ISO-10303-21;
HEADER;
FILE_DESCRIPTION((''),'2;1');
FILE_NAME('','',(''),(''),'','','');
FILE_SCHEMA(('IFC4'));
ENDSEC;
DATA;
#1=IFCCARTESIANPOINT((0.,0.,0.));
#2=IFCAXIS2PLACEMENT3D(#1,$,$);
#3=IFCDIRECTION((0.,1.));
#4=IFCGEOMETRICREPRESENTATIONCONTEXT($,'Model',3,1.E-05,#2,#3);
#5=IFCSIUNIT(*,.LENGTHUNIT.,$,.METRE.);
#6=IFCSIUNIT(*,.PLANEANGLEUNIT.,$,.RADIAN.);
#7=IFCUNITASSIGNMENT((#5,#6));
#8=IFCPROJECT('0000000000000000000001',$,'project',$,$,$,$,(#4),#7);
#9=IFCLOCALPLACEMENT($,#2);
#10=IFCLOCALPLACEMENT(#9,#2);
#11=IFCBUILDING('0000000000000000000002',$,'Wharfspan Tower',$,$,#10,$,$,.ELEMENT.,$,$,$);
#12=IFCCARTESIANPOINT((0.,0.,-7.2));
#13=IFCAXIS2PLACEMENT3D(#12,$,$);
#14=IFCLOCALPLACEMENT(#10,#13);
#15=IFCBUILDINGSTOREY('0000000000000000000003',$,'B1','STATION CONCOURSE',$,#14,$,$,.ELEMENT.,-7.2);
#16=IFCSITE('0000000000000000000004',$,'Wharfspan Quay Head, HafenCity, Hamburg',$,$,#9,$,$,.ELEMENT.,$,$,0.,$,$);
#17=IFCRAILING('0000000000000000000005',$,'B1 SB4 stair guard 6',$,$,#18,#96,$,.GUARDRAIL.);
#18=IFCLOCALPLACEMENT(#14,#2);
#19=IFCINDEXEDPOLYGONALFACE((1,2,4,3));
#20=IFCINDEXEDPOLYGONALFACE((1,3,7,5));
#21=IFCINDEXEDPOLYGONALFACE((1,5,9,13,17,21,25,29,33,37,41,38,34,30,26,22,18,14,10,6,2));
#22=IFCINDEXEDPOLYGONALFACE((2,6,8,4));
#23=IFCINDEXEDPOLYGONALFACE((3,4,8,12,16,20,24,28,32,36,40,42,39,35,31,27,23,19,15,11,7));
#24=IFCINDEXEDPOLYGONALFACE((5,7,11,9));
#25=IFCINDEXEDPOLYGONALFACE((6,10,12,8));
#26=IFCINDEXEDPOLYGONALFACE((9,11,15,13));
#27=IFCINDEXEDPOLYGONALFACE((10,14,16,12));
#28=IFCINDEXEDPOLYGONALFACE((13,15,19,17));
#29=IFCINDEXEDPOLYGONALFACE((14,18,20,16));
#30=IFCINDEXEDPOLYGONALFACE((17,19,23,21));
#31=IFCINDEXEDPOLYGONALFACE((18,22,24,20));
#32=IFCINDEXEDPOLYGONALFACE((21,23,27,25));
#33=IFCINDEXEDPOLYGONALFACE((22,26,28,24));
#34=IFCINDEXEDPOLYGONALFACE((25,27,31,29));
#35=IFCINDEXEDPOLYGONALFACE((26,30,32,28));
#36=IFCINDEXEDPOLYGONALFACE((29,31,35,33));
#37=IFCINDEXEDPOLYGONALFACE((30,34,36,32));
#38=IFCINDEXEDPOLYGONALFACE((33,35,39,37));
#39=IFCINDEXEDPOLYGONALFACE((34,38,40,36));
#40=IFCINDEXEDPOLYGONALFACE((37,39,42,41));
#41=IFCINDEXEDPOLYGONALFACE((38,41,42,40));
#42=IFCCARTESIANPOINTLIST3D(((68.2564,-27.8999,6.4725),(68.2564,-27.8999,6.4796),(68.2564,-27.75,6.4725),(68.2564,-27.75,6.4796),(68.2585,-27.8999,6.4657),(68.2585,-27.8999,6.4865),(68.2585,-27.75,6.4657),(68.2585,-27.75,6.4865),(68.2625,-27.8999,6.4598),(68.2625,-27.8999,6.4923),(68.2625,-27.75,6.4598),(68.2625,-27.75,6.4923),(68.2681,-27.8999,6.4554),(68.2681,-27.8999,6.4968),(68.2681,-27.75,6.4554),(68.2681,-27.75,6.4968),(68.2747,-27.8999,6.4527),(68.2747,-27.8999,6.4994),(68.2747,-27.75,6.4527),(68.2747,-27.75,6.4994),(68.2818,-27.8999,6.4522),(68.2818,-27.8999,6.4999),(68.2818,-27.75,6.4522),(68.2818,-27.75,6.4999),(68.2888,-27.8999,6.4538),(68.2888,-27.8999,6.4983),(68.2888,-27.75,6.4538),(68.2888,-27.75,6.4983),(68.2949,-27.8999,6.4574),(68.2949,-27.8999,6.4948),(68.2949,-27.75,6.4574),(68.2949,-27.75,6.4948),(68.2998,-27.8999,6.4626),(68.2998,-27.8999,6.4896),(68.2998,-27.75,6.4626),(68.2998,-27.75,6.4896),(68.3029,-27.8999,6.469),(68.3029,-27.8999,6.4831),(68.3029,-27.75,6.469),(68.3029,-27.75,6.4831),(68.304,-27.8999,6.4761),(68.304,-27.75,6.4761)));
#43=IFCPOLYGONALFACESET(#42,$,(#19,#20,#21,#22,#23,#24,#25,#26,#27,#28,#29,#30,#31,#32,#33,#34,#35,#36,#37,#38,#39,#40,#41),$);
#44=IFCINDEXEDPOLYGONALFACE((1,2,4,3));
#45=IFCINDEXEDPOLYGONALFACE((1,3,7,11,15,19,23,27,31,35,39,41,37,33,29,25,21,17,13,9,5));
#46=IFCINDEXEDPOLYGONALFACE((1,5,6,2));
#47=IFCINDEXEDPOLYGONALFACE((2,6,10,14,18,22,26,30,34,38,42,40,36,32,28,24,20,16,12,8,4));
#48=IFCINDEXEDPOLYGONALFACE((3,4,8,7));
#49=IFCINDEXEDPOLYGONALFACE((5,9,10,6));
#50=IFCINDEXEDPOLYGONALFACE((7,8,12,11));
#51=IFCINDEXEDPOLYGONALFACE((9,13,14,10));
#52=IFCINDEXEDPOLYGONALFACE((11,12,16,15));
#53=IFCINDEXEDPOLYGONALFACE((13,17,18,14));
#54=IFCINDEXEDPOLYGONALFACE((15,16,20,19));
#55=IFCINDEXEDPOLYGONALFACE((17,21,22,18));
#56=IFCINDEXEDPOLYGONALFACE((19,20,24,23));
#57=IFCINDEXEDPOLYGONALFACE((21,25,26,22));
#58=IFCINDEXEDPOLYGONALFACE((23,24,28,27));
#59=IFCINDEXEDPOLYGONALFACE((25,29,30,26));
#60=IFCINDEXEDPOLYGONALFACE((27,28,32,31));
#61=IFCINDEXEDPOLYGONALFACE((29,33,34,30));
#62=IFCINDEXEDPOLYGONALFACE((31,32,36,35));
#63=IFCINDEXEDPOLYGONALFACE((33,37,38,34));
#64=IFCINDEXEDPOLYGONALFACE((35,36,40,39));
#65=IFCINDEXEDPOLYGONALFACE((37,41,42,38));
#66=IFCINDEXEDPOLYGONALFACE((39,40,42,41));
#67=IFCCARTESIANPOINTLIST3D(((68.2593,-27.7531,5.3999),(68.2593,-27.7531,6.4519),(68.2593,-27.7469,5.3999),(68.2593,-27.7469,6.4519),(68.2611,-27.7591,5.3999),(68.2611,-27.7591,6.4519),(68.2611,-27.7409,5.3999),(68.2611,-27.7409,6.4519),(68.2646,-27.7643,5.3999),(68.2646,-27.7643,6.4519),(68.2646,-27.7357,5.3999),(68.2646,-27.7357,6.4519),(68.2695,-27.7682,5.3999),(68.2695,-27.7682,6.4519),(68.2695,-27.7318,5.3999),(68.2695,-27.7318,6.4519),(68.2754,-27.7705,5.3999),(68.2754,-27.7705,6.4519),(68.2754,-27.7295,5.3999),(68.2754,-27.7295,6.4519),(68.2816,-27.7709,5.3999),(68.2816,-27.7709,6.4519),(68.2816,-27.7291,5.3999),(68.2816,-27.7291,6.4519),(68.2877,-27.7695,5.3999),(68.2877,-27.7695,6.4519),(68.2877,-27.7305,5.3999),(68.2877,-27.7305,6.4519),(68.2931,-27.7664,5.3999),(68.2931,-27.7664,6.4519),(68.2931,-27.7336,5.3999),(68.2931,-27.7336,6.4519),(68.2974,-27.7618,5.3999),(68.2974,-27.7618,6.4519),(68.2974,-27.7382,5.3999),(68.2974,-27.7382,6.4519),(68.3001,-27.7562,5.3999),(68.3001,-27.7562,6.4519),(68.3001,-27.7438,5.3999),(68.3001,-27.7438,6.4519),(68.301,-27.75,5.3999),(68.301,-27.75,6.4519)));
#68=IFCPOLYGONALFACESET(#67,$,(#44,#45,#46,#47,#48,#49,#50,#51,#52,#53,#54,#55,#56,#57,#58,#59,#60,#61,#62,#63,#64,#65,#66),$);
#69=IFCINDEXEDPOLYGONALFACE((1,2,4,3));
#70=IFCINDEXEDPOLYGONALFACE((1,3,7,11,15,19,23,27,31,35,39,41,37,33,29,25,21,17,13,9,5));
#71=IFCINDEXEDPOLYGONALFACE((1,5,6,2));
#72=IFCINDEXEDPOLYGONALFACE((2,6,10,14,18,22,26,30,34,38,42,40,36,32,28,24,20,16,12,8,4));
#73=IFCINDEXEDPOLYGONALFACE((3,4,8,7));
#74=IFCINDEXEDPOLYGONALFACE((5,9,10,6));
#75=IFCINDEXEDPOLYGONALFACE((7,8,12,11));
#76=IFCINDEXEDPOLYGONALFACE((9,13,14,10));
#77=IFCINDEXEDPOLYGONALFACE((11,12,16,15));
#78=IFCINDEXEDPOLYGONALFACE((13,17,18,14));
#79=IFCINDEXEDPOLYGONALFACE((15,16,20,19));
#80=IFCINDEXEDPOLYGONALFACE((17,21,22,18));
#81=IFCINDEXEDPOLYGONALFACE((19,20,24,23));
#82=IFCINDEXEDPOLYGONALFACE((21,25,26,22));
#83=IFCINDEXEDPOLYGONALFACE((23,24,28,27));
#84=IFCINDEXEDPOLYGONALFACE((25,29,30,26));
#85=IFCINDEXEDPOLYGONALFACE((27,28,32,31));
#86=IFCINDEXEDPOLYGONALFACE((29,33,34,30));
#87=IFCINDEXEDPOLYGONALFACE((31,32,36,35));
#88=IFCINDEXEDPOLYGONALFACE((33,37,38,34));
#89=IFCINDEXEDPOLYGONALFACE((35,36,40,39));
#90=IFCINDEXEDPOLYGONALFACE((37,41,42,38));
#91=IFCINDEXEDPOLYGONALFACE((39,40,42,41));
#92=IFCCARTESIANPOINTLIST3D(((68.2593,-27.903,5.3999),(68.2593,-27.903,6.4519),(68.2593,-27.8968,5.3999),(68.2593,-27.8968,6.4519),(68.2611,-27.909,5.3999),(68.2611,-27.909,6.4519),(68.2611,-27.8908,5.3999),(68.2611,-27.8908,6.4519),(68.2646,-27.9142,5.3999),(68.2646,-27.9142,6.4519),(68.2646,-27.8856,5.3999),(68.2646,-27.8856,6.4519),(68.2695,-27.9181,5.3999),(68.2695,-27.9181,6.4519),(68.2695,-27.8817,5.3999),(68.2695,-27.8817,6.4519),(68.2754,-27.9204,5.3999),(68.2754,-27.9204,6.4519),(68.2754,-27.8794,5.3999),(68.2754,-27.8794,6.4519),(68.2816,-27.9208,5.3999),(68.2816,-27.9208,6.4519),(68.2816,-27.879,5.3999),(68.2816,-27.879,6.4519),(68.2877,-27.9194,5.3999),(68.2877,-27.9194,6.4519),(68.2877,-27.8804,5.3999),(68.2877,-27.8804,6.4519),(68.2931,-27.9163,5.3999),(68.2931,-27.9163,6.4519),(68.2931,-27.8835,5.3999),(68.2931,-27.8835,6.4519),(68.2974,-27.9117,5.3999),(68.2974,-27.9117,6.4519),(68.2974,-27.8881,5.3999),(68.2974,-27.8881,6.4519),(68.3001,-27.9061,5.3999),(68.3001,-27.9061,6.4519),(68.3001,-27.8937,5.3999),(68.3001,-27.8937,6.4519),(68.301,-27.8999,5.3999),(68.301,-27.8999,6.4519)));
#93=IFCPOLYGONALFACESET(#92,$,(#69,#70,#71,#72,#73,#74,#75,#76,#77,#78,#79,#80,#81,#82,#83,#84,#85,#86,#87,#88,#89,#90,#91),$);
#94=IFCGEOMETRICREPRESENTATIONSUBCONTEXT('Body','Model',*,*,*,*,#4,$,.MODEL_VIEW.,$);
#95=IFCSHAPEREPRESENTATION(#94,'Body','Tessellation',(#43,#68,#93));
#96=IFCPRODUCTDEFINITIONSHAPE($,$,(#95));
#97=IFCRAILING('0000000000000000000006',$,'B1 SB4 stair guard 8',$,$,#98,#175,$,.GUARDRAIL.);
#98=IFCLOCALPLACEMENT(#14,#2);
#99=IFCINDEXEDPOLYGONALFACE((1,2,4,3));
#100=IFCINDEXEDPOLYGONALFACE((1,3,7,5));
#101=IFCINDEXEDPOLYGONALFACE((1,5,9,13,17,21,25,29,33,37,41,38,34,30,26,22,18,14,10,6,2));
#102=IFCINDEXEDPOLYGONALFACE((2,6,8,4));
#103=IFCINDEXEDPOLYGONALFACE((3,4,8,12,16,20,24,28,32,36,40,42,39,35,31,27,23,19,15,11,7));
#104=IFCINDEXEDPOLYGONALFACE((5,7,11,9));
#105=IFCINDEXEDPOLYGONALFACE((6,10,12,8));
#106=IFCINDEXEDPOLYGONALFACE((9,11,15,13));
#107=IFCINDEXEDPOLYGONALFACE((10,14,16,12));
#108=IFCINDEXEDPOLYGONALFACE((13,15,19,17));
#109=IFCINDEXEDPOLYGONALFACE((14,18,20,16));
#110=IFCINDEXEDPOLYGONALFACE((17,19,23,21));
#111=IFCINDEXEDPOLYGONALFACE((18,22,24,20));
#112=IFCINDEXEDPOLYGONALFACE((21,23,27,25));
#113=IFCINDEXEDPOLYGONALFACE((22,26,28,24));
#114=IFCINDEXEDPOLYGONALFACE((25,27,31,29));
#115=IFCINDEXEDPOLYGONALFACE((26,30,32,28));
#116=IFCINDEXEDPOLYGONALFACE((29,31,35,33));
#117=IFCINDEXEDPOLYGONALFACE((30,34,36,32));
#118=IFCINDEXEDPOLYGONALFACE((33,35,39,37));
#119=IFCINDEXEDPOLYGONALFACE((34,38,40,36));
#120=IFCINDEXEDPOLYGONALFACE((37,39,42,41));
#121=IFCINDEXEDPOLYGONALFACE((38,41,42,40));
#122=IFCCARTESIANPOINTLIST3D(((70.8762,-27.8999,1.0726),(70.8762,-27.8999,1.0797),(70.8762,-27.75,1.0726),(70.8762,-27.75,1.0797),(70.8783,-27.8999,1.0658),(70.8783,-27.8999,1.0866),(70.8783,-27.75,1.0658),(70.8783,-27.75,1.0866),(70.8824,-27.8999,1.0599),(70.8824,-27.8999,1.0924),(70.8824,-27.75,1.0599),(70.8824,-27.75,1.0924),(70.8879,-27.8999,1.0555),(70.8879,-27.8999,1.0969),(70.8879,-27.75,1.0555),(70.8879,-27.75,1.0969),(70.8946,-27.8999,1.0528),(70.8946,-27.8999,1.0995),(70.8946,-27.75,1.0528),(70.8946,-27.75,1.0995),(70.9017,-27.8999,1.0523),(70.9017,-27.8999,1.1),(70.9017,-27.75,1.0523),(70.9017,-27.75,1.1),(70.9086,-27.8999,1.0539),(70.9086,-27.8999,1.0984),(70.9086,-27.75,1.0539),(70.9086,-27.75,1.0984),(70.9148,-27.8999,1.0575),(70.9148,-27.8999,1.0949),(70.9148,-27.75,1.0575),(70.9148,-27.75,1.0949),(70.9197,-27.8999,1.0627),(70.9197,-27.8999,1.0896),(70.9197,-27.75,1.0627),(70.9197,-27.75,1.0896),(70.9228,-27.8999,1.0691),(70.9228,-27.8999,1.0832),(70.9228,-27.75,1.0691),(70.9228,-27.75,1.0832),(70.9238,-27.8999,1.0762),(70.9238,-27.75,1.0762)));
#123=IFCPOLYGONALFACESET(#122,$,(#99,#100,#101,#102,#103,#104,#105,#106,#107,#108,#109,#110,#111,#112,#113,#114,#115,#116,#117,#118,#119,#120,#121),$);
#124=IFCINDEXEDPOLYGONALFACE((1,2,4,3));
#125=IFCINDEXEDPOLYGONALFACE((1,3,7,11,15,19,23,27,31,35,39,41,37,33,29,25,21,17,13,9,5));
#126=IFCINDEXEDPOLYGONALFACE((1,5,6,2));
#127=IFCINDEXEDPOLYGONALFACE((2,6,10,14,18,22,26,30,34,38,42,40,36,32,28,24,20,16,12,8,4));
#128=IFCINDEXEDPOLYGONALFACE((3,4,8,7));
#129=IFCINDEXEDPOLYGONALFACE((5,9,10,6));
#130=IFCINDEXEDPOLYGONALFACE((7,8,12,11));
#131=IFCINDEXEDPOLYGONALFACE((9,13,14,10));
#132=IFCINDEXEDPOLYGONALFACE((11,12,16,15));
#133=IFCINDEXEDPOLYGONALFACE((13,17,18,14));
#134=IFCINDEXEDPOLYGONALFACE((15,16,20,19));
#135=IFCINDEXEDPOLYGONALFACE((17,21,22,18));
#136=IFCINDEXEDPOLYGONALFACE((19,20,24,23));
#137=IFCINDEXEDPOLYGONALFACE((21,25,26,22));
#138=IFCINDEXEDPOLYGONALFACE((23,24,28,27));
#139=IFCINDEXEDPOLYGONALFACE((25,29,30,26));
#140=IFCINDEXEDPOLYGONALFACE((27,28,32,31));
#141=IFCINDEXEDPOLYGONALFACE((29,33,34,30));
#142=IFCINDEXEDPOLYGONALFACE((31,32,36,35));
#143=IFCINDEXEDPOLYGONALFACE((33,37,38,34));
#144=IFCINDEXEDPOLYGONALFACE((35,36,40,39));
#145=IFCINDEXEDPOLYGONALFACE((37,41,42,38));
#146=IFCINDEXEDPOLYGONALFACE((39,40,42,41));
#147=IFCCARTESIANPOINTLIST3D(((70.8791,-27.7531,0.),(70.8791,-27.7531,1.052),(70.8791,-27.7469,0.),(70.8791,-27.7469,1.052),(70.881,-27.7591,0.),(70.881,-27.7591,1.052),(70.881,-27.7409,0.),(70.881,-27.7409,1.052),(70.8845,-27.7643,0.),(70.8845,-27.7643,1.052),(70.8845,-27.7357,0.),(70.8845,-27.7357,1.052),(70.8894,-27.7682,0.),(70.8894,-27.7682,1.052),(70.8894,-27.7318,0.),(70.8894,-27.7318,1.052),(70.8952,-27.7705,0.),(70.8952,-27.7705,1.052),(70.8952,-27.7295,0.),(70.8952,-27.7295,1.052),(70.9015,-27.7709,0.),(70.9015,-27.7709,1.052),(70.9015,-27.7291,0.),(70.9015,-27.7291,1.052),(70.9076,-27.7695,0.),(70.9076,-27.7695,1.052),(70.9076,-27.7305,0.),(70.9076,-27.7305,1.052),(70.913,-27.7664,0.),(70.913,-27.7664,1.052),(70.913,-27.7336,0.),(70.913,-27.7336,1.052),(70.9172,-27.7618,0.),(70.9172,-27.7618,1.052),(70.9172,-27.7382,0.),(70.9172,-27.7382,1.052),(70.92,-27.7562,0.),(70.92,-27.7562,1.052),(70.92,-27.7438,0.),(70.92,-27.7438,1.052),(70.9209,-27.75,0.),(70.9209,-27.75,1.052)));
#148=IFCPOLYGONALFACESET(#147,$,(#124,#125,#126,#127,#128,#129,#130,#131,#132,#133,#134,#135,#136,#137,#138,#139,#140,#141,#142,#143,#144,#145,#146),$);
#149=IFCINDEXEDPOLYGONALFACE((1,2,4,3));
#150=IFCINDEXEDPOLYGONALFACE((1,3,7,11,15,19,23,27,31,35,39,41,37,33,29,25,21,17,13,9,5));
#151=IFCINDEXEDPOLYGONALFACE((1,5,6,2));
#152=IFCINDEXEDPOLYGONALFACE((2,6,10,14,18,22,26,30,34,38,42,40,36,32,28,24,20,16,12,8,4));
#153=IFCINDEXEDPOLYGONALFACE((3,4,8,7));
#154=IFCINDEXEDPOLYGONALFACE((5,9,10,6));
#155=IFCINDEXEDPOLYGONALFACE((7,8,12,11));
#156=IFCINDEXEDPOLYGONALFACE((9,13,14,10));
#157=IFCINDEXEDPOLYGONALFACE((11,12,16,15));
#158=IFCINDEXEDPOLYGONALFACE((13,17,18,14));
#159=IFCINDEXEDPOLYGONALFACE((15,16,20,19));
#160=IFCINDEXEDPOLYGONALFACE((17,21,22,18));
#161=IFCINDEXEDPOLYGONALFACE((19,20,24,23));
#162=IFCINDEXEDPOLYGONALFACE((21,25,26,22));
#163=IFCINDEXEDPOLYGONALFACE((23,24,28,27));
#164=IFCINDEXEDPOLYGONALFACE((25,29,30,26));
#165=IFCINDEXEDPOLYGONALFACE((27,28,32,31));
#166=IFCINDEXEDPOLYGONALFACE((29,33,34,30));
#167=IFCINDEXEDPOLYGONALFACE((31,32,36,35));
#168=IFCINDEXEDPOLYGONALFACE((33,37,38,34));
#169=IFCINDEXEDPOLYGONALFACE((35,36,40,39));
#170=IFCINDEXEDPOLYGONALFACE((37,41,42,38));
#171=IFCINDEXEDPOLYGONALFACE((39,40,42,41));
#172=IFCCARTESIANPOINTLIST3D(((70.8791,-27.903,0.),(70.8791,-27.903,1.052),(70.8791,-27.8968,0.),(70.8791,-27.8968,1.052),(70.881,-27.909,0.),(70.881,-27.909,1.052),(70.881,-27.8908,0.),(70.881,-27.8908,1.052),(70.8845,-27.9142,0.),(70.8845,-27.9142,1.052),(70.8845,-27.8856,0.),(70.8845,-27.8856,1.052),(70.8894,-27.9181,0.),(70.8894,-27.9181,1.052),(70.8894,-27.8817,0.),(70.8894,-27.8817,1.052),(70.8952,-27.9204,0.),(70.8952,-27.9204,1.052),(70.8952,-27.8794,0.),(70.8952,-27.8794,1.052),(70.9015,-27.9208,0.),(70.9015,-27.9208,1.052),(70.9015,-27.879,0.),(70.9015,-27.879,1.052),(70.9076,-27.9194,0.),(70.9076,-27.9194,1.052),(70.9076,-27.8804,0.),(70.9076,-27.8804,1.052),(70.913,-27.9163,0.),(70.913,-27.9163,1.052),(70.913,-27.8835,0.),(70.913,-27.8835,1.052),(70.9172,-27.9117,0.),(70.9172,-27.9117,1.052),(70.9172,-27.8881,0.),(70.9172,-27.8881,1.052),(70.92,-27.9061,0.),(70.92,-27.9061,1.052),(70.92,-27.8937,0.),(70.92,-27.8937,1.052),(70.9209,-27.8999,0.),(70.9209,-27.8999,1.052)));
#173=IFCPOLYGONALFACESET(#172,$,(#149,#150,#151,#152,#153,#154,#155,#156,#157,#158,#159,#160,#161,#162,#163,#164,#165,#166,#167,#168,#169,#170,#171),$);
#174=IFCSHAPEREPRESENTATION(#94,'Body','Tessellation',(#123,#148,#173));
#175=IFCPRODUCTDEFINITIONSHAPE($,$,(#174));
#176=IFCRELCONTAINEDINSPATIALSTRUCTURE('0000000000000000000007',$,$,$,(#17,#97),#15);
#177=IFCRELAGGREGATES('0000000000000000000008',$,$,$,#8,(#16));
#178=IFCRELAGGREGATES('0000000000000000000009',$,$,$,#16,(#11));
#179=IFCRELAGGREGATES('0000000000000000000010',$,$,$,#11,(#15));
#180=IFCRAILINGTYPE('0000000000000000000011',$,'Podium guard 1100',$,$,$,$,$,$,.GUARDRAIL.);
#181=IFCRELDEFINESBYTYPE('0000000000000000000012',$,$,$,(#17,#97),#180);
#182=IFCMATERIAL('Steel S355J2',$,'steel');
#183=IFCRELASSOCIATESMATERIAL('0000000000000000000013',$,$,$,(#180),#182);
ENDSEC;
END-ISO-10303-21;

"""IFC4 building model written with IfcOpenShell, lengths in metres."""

from ifc_helpers import new_model, si_unit, direction, frame, origin, origin_2d, place, context, subcontext, project, spatial, circle, extrude, material, type_object, element, save


model = new_model("IFC4")

# Units and contexts
model_context = context("Model", 3, precision=1e-05, world=origin(), true_north=direction((0.0, 1.0)))
body_context = subcontext(model_context, "Body", "Model", "MODEL_VIEW")
ifc_project = project(units=[si_unit("LENGTHUNIT", "METRE"), si_unit("PLANEANGLEUNIT", "RADIAN")], contexts=[model_context])

# Site, building, storey
site_placement = place(None, origin())
site = spatial("IfcSite", under=ifc_project, at=site_placement, Name="Wharfspan Quay Head, HafenCity, Hamburg", CompositionType="ELEMENT", RefElevation=0.0)
building_placement = place(site_placement, origin())
building = spatial("IfcBuilding", under=site, at=building_placement, Name="Wharfspan Tower", CompositionType="ELEMENT")
storey_placement = place(building_placement, frame((0.0, 0.0, -7.2)))
storey = spatial("IfcBuildingStorey", under=building, at=storey_placement, Name="B1", Description="STATION CONCOURSE", CompositionType="ELEMENT", Elevation=-7.2)

# Railings
ifc_material_1 = material(Name="Steel S355J2", Category="steel")
railing_type_1 = type_object("IfcRailingType", Name="Podium guard 1100", PredefinedType="GUARDRAIL", material=ifc_material_1)
for number, where, name in (
    (1, (68.28, -27.75, 5.3999), "B1 SB4 stair guard 6"),
    (2, (70.8999, -27.75, 0.0), "B1 SB4 stair guard 8"),
):
    element("IfcRailing", number, at=place(storey_placement, frame(where)), inside=storey, type_object=railing_type_1, Name=name, PredefinedType="GUARDRAIL", context=body_context, shape_type="SweptSolid", body=[
        extrude(circle(Radius=0.0239, at=origin_2d()), frame((0.0, 0.0, 1.0762), z_axis=(0.0, -1.0, 0.0), x_axis=(1.0, 0.0, 0.0)), (0.0, 0.0, 1.0), 0.1499),
        extrude(circle(Radius=0.021, at=origin_2d()), origin(), (0.0, 0.0, 1.0), 1.052),
        extrude(circle(Radius=0.021, at=origin_2d()), frame((0.0, -0.1499, 0.0)), (0.0, 0.0, 1.0), 1.052),
    ])

save(model, "model.ifc")
